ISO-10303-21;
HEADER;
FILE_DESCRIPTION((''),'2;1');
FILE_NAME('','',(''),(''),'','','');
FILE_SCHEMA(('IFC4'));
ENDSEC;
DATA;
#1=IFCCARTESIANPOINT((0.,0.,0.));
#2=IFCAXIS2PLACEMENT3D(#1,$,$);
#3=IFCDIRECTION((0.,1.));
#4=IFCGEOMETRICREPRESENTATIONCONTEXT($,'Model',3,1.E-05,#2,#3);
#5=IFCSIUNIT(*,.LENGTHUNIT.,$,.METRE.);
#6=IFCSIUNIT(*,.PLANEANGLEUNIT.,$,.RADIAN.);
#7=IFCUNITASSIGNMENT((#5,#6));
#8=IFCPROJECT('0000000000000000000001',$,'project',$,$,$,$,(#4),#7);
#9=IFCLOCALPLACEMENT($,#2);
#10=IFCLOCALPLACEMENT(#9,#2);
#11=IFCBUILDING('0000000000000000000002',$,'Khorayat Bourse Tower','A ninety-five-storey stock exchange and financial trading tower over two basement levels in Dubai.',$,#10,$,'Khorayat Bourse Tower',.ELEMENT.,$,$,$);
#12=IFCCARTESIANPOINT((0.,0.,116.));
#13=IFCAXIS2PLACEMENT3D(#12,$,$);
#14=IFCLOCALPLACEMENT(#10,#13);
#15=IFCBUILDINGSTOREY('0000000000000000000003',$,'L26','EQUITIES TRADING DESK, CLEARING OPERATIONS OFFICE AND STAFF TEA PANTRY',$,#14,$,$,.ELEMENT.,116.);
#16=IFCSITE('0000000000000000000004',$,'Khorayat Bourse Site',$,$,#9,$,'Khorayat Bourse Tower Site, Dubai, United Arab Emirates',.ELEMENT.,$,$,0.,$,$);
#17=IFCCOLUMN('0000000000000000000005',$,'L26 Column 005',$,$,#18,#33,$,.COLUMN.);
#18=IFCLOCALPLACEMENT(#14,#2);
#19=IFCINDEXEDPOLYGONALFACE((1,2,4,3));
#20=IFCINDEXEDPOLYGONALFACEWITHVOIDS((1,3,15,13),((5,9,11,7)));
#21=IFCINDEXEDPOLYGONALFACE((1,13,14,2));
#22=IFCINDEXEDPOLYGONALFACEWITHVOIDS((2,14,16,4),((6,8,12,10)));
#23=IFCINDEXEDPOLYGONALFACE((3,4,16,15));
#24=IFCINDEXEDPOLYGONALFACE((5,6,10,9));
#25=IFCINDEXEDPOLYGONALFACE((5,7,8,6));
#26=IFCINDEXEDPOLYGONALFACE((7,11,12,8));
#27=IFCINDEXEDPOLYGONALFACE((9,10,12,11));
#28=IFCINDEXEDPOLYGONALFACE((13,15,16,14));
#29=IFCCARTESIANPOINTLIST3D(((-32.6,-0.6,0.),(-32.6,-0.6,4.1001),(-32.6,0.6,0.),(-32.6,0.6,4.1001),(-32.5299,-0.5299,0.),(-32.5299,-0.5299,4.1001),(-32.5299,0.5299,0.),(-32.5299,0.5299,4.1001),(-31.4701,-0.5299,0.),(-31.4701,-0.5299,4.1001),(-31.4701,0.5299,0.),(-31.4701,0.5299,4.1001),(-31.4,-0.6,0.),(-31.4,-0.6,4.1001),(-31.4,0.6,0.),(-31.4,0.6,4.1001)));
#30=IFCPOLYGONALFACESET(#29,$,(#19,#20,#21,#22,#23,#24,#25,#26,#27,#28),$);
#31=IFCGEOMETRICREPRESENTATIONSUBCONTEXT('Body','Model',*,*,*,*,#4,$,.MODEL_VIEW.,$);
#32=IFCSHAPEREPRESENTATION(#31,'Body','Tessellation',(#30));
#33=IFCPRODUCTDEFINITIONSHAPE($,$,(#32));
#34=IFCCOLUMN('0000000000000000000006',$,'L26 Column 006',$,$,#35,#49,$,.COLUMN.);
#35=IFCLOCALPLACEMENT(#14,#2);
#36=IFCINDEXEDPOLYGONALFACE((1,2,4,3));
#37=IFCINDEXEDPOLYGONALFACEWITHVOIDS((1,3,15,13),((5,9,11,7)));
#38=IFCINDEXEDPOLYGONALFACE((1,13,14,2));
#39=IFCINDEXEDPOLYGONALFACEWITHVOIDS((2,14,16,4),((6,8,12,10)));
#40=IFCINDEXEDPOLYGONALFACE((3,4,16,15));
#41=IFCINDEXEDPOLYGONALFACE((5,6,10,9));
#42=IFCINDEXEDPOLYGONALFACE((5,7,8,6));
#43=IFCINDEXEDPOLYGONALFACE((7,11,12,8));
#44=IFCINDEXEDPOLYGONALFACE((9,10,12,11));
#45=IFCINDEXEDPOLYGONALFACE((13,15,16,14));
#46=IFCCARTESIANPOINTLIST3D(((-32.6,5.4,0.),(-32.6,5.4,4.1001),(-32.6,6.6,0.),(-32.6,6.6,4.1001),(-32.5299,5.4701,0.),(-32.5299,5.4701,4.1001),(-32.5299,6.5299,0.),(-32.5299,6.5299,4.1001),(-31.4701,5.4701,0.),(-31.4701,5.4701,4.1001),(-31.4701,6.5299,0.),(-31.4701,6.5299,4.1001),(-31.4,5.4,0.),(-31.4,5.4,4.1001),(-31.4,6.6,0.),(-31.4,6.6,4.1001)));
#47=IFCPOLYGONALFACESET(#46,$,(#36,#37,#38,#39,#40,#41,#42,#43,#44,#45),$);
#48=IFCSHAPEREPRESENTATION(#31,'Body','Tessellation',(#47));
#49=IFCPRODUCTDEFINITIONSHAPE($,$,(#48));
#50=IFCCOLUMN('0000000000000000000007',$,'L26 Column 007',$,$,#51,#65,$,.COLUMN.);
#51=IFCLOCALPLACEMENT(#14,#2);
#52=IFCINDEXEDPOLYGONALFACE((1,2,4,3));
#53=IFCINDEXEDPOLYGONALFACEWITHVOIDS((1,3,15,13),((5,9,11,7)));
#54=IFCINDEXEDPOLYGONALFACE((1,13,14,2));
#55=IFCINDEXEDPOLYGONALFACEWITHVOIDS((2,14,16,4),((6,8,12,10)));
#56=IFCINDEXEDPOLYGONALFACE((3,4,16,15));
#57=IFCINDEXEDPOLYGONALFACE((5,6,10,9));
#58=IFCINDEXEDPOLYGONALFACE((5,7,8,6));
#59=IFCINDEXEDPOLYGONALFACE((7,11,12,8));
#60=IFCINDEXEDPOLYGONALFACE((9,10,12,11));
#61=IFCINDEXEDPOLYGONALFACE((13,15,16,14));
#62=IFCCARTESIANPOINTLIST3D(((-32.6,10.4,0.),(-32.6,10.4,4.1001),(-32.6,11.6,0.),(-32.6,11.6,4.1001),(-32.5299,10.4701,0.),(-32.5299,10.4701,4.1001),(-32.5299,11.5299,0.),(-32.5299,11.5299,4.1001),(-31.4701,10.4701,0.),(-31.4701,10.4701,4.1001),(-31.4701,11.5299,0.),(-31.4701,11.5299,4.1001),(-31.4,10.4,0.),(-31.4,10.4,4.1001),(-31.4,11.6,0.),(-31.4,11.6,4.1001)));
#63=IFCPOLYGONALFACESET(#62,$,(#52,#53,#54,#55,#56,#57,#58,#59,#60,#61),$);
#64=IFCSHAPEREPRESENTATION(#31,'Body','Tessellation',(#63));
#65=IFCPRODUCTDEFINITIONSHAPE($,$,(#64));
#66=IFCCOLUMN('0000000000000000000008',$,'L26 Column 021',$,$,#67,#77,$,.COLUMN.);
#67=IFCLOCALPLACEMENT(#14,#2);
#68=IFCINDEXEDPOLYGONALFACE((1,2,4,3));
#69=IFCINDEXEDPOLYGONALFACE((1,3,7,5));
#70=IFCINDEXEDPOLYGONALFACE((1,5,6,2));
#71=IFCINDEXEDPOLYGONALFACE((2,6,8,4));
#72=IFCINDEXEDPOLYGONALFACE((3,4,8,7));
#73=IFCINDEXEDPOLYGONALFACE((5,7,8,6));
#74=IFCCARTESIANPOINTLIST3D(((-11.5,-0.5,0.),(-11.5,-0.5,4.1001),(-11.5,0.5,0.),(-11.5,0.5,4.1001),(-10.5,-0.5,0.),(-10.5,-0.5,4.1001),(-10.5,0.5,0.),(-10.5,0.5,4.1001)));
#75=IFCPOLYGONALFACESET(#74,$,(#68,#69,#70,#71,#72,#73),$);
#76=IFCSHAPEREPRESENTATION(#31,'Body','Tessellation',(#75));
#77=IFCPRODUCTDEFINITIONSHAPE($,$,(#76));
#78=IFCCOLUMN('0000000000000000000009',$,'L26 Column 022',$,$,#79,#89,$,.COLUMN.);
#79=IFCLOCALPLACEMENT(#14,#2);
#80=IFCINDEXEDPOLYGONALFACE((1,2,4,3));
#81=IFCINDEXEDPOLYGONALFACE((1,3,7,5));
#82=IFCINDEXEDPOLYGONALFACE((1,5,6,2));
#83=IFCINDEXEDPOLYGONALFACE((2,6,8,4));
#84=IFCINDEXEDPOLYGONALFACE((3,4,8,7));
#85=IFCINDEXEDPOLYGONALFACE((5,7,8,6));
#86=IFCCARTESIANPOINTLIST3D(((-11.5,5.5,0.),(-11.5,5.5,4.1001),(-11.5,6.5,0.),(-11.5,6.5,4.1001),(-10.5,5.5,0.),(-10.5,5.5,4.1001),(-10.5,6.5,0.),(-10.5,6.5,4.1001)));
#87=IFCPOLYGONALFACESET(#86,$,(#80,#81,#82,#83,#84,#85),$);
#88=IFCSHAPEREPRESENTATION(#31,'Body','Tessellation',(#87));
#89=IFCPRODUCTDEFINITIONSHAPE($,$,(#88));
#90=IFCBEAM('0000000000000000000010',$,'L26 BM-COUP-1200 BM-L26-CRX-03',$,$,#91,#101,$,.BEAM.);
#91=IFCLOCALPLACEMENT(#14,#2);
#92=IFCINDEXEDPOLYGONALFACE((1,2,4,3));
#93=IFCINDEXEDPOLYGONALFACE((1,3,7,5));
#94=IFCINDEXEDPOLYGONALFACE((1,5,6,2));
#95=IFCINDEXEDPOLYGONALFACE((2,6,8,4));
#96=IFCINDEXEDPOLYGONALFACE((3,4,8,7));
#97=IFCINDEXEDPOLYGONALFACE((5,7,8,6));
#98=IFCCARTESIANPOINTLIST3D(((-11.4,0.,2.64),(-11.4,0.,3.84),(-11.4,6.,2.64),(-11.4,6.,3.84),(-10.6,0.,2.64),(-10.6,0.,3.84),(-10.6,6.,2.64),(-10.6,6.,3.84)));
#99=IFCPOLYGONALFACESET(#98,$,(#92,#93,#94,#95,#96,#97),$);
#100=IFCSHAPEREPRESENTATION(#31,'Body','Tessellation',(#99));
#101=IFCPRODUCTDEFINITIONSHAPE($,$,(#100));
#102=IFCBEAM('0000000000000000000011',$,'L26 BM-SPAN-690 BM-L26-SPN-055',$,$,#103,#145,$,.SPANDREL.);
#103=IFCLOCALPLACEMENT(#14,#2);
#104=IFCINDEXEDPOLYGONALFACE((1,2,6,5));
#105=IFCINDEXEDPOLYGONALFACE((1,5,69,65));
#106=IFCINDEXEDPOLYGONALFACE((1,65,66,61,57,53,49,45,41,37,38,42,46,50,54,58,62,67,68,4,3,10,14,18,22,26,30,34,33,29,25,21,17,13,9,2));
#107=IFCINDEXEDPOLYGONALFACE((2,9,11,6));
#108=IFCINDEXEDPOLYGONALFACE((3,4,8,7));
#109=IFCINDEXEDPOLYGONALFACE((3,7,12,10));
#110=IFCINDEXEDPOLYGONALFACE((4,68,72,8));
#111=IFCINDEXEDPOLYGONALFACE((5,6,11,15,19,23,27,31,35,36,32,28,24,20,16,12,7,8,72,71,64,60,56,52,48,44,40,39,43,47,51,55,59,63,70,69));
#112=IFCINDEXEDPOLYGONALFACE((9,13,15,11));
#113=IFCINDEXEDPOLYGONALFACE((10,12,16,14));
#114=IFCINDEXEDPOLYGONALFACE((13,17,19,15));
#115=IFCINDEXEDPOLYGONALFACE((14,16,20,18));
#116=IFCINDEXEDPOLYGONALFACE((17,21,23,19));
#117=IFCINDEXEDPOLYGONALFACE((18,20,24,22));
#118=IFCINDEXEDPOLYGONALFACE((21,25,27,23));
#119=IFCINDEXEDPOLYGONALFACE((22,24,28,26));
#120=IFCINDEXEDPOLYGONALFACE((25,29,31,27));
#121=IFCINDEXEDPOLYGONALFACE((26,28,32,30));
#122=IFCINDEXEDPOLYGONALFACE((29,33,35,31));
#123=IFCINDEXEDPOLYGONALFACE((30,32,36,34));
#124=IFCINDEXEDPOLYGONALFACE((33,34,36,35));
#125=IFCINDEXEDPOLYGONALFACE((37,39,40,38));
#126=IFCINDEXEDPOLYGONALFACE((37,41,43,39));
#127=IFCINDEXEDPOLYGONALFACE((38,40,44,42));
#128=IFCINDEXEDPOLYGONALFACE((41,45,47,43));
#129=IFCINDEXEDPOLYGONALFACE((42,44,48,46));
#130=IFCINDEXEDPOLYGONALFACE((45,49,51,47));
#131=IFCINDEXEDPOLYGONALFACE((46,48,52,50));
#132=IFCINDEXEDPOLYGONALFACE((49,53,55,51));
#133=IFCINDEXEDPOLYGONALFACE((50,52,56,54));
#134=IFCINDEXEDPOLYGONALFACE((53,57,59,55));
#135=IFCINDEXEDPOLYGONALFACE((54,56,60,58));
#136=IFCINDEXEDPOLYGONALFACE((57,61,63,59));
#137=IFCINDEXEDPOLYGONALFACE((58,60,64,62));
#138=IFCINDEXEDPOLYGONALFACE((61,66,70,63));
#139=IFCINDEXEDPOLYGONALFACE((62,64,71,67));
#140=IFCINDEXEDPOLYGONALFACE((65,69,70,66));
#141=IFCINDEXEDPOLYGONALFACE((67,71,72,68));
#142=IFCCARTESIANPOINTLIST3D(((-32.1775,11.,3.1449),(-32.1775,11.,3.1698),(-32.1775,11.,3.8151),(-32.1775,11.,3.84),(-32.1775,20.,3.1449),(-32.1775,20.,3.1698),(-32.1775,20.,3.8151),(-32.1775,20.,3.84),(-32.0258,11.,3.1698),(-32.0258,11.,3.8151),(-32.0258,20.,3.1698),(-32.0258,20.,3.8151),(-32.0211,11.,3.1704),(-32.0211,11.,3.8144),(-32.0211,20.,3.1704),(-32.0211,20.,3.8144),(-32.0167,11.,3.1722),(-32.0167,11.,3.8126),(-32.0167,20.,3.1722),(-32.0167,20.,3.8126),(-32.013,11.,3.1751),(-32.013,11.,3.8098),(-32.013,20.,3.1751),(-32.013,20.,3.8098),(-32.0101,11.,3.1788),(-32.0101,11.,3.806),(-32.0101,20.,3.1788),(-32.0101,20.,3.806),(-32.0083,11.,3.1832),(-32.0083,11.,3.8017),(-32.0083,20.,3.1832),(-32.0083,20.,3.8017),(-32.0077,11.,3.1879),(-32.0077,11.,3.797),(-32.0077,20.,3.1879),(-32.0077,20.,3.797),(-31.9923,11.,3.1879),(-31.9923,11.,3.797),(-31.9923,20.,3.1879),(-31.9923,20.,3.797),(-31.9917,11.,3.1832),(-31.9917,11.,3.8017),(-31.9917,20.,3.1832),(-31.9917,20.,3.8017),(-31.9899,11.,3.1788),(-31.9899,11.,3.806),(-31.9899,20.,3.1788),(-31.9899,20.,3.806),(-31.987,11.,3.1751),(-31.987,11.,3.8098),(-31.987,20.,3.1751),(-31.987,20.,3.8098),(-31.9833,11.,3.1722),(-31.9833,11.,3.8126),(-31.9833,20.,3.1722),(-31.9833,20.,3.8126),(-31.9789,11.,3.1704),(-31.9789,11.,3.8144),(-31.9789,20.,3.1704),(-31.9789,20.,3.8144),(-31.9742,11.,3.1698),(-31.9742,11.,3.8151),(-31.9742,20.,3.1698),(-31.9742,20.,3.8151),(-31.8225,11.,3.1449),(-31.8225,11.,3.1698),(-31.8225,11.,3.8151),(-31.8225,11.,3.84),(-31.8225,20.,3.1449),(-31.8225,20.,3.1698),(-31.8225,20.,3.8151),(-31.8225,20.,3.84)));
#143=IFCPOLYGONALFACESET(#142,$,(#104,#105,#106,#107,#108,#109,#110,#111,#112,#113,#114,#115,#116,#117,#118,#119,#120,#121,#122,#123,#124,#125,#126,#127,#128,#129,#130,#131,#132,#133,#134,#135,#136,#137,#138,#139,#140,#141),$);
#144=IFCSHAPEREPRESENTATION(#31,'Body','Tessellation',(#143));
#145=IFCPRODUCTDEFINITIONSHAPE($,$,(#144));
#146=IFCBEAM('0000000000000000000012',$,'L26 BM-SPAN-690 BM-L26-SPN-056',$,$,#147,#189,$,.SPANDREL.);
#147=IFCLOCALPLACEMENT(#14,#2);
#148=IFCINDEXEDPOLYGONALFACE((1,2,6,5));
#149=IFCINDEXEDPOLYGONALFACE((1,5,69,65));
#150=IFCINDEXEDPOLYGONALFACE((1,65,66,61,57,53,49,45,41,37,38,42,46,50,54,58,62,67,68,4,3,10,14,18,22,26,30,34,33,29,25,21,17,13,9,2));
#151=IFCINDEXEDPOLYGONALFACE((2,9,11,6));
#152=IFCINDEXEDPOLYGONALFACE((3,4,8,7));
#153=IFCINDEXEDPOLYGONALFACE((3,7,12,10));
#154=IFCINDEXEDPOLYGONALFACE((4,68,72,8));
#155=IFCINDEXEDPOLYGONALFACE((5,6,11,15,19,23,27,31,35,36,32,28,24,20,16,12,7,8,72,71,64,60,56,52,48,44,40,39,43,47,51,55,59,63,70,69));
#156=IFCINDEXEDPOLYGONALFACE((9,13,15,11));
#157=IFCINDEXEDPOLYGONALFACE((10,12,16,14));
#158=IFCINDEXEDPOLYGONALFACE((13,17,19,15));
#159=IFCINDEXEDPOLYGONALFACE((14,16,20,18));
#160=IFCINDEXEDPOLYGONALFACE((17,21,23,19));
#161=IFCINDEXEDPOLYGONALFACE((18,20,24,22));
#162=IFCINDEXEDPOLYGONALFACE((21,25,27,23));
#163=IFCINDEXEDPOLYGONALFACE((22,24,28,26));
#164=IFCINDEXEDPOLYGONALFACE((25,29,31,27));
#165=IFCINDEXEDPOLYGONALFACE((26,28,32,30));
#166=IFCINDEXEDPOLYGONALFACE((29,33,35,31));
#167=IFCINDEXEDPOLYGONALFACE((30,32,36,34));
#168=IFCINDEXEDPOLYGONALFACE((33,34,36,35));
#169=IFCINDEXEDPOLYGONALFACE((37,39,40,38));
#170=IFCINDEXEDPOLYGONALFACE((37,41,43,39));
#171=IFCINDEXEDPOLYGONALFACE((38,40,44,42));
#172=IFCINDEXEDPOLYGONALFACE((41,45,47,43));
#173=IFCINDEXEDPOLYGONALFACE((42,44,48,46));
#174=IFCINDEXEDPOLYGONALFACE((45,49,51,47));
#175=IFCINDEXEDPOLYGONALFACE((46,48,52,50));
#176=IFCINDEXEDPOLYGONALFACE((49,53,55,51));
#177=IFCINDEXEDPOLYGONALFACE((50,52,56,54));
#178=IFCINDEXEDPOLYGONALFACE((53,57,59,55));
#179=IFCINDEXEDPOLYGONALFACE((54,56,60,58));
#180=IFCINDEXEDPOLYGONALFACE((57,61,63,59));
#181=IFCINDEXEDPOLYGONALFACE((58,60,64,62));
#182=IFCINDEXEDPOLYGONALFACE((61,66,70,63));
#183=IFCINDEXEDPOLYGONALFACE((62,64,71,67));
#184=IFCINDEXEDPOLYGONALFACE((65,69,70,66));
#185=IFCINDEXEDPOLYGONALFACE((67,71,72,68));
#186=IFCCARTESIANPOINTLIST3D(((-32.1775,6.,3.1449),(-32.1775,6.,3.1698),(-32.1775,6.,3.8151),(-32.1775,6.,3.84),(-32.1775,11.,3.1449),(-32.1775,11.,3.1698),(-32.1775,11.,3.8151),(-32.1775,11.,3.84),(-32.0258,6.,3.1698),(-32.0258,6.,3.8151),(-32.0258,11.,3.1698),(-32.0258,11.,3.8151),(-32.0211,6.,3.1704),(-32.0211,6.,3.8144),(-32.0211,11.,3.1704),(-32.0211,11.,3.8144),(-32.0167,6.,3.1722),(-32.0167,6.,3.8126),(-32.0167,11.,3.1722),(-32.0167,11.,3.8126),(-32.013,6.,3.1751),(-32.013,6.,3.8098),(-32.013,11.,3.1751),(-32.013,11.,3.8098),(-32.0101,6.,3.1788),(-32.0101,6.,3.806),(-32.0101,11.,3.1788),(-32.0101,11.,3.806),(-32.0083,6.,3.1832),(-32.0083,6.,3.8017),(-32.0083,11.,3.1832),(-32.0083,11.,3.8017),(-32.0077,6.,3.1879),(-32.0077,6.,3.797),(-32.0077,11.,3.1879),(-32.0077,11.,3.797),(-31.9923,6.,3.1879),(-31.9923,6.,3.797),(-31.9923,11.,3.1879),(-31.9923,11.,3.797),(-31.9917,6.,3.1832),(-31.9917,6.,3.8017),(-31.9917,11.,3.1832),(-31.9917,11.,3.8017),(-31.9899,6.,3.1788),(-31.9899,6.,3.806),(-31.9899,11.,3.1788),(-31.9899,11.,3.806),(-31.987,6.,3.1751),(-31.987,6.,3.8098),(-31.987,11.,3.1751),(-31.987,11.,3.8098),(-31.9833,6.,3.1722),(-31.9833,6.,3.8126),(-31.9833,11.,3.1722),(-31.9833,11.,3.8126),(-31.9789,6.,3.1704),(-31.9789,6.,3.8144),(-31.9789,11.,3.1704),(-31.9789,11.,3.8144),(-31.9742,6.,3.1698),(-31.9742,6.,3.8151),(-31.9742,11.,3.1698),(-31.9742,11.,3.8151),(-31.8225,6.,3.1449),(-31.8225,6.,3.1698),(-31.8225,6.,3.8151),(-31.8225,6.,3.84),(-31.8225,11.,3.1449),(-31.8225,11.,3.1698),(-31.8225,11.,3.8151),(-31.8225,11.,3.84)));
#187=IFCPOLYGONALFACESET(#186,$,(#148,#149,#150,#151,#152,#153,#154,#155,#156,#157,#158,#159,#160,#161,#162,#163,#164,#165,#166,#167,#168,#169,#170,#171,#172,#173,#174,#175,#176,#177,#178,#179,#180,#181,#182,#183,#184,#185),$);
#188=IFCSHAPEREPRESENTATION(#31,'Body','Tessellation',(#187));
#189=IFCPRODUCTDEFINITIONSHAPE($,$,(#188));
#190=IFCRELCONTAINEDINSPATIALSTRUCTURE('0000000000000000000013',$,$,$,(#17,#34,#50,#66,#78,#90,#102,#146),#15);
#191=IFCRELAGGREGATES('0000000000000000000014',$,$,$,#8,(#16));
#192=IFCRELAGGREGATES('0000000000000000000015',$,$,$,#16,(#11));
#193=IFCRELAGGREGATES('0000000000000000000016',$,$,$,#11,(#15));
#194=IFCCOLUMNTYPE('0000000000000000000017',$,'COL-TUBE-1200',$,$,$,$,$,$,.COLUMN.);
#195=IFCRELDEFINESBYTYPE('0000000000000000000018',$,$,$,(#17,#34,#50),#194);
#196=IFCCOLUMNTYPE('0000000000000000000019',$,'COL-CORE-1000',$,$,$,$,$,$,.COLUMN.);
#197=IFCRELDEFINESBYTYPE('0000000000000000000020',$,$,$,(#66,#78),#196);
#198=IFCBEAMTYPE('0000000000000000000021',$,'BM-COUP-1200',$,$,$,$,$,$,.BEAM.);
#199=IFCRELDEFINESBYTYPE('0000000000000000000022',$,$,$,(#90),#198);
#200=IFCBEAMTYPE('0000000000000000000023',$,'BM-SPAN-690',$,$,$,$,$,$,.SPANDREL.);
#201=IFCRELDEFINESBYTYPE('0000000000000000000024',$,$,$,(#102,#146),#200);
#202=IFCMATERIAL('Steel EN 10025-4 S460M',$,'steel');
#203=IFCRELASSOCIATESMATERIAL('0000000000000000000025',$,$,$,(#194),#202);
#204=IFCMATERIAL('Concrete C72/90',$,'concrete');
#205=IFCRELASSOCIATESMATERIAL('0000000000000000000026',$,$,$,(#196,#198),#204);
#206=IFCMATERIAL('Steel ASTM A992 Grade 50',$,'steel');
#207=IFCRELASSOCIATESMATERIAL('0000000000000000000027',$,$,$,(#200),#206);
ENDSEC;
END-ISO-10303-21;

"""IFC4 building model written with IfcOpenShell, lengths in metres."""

from ifc_helpers import new_model, si_unit, direction, frame, origin, origin_2d, place, context, subcontext, project, spatial, rectangle, hollow_rectangle, i_section, extrude, source, transform, mapped, material, material_profile, profile_set, type_object, element, save


model = new_model("IFC4")

# Units and contexts
model_context = context("Model", 3, precision=1e-05, world=origin(), true_north=direction((0.0, 1.0)))
body_context = subcontext(model_context, "Body", "Model", "MODEL_VIEW")
ifc_project = project(units=[si_unit("LENGTHUNIT", "METRE"), si_unit("PLANEANGLEUNIT", "RADIAN")], contexts=[model_context])

# Site, building, storey
site_placement = place(None, origin())
site = spatial("IfcSite", under=ifc_project, at=site_placement, Name="Khorayat Bourse Site", LongName="Khorayat Bourse Tower Site, Dubai, United Arab Emirates", CompositionType="ELEMENT", RefElevation=0.0)
building_placement = place(site_placement, origin())
building = spatial("IfcBuilding", under=site, at=building_placement, Name="Khorayat Bourse Tower", Description="A ninety-five-storey stock exchange and financial trading tower over two basement levels in Dubai.", LongName="Khorayat Bourse Tower", CompositionType="ELEMENT")
storey_placement = place(building_placement, frame((0.0, 0.0, 116.0)))
storey = spatial("IfcBuildingStorey", under=building, at=storey_placement, Name="L26", Description="EQUITIES TRADING DESK, CLEARING OPERATIONS OFFICE AND STAFF TEA PANTRY", CompositionType="ELEMENT", Elevation=116.0)

# Columns
ifc_material_1 = material(Name="Steel EN 10025-4 S460M", Category="steel")
ifc_material_profile_1 = material_profile(ifc_material_1, hollow_rectangle(XDim=1.2, YDim=1.2, WallThickness=0.0701, at=origin_2d()), Name="BOX 1200x1200x70")
ifc_profile_set_1 = profile_set([ifc_material_profile_1], Name="Steel EN 10025-4 S460M")
column_type_1 = type_object("IfcColumnType", Name="COL-TUBE-1200", PredefinedType="COLUMN", material=ifc_profile_set_1)
shared_shape_1 = source(origin(), body_context, "Body", "SweptSolid", [
    extrude(hollow_rectangle(XDim=1.2, YDim=1.2, WallThickness=0.0701, at=origin_2d()), origin(), (0.0, 0.0, 1.0), 4.1001),
])
for number, where, z_axis, x_axis, name in (
    (1, (-32.0, 0.0, 0.0), (0.0, 0.0, 1.0), (1.0, 0.0, 0.0), "L26 Column 005"),
    (2, (-32.0, 6.0, 0.0), (0.0, 0.0, 1.0), (1.0, 0.0, 0.0), "L26 Column 006"),
    (3, (-32.0, 11.0, 0.0), (0.0, 0.0, 1.0), (1.0, 0.0, 0.0), "L26 Column 007"),
):
    element("IfcColumn", number, at=place(storey_placement, frame(where, z_axis=z_axis, x_axis=x_axis)), inside=storey, type_object=column_type_1, Name=name, PredefinedType="COLUMN", context=body_context, shape_type="MappedRepresentation", body=[
        mapped(shared_shape_1, transform((0.0, 0.0, 0.0), scale=1.0)),
    ])
ifc_material_2 = material(Name="Concrete C72/90", Category="concrete")
ifc_material_profile_2 = material_profile(ifc_material_2, rectangle(XDim=1.0, YDim=1.0, at=origin_2d()), Name="RC 1000x1000")
ifc_profile_set_2 = profile_set([ifc_material_profile_2], Name="Concrete C72/90")
column_type_2 = type_object("IfcColumnType", Name="COL-CORE-1000", PredefinedType="COLUMN", material=ifc_profile_set_2)
shared_shape_2 = source(origin(), body_context, "Body", "SweptSolid", [
    extrude(rectangle(XDim=1.0, YDim=1.0, at=origin_2d()), origin(), (0.0, 0.0, 1.0), 4.1001),
])
for number, where, z_axis, x_axis, name in (
    (4, (-11.0, 0.0, 0.0), (0.0, 0.0, 1.0), (1.0, 0.0, 0.0), "L26 Column 021"),
    (5, (-11.0, 6.0, 0.0), (0.0, 0.0, 1.0), (1.0, 0.0, 0.0), "L26 Column 022"),
):
    element("IfcColumn", number, at=place(storey_placement, frame(where, z_axis=z_axis, x_axis=x_axis)), inside=storey, type_object=column_type_2, Name=name, PredefinedType="COLUMN", context=body_context, shape_type="MappedRepresentation", body=[
        mapped(shared_shape_2, transform((0.0, 0.0, 0.0), scale=1.0)),
    ])

# Beams
ifc_material_profile_3 = material_profile(ifc_material_2, rectangle(XDim=0.8, YDim=1.2, at=origin_2d()), Name="RC 800x1200")
ifc_profile_set_3 = profile_set([ifc_material_profile_3], Name="Concrete C72/90")
beam_type_1 = type_object("IfcBeamType", Name="BM-COUP-1200", PredefinedType="BEAM", material=ifc_profile_set_3)
shared_shape_3 = source(origin(), body_context, "Body", "SweptSolid", [
    extrude(rectangle(XDim=0.8, YDim=1.2, at=origin_2d()), origin(), (0.0, 0.0, 1.0), 6.0),
])
beam_1_placement = place(storey_placement, frame((-11.0, 0.0, 3.24), z_axis=(0.0, 1.0, 0.0), x_axis=(-1.0, 0.0, 0.0)))
element("IfcBeam", 6, at=beam_1_placement, inside=storey, type_object=beam_type_1, Name="L26 BM-COUP-1200 BM-L26-CRX-03", PredefinedType="BEAM", context=body_context, shape_type="MappedRepresentation", body=[
    mapped(shared_shape_3, transform((0.0, 0.0, 0.0), scale=1.0)),
])
ifc_material_3 = material(Name="Steel ASTM A992 Grade 50", Category="steel")
ifc_material_profile_4 = material_profile(ifc_material_3, i_section(OverallWidth=0.355, OverallDepth=0.6951, WebThickness=0.0154, FlangeThickness=0.0249, FilletRadius=0.0181, at=origin_2d()), Name="W690X217")
ifc_profile_set_4 = profile_set([ifc_material_profile_4], Name="Steel ASTM A992 Grade 50")
beam_type_2 = type_object("IfcBeamType", Name="BM-SPAN-690", PredefinedType="SPANDREL", material=ifc_profile_set_4)
shared_shape_4 = source(origin(), body_context, "Body", "SweptSolid", [
    extrude(i_section(OverallWidth=0.355, OverallDepth=0.6951, WebThickness=0.0154, FlangeThickness=0.0249, FilletRadius=0.0181, at=origin_2d()), origin(), (0.0, 0.0, 1.0), 9.0),
])
beam_2_placement = place(storey_placement, frame((-32.0, 11.0, 3.4924), z_axis=(0.0, 1.0, 0.0), x_axis=(-1.0, 0.0, 0.0)))
element("IfcBeam", 7, at=beam_2_placement, inside=storey, type_object=beam_type_2, Name="L26 BM-SPAN-690 BM-L26-SPN-055", PredefinedType="SPANDREL", context=body_context, shape_type="MappedRepresentation", body=[
    mapped(shared_shape_4, transform((0.0, 0.0, 0.0), scale=1.0)),
])
shared_shape_5 = source(origin(), body_context, "Body", "SweptSolid", [
    extrude(i_section(OverallWidth=0.355, OverallDepth=0.6951, WebThickness=0.0154, FlangeThickness=0.0249, FilletRadius=0.0181, at=origin_2d()), origin(), (0.0, 0.0, 1.0), 5.0),
])
beam_3_placement = place(storey_placement, frame((-32.0, 6.0, 3.4924), z_axis=(0.0, 1.0, 0.0), x_axis=(-1.0, 0.0, 0.0)))
element("IfcBeam", 8, at=beam_3_placement, inside=storey, type_object=beam_type_2, Name="L26 BM-SPAN-690 BM-L26-SPN-056", PredefinedType="SPANDREL", context=body_context, shape_type="MappedRepresentation", body=[
    mapped(shared_shape_5, transform((0.0, 0.0, 0.0), scale=1.0)),
])

save(model, "model.ifc")
